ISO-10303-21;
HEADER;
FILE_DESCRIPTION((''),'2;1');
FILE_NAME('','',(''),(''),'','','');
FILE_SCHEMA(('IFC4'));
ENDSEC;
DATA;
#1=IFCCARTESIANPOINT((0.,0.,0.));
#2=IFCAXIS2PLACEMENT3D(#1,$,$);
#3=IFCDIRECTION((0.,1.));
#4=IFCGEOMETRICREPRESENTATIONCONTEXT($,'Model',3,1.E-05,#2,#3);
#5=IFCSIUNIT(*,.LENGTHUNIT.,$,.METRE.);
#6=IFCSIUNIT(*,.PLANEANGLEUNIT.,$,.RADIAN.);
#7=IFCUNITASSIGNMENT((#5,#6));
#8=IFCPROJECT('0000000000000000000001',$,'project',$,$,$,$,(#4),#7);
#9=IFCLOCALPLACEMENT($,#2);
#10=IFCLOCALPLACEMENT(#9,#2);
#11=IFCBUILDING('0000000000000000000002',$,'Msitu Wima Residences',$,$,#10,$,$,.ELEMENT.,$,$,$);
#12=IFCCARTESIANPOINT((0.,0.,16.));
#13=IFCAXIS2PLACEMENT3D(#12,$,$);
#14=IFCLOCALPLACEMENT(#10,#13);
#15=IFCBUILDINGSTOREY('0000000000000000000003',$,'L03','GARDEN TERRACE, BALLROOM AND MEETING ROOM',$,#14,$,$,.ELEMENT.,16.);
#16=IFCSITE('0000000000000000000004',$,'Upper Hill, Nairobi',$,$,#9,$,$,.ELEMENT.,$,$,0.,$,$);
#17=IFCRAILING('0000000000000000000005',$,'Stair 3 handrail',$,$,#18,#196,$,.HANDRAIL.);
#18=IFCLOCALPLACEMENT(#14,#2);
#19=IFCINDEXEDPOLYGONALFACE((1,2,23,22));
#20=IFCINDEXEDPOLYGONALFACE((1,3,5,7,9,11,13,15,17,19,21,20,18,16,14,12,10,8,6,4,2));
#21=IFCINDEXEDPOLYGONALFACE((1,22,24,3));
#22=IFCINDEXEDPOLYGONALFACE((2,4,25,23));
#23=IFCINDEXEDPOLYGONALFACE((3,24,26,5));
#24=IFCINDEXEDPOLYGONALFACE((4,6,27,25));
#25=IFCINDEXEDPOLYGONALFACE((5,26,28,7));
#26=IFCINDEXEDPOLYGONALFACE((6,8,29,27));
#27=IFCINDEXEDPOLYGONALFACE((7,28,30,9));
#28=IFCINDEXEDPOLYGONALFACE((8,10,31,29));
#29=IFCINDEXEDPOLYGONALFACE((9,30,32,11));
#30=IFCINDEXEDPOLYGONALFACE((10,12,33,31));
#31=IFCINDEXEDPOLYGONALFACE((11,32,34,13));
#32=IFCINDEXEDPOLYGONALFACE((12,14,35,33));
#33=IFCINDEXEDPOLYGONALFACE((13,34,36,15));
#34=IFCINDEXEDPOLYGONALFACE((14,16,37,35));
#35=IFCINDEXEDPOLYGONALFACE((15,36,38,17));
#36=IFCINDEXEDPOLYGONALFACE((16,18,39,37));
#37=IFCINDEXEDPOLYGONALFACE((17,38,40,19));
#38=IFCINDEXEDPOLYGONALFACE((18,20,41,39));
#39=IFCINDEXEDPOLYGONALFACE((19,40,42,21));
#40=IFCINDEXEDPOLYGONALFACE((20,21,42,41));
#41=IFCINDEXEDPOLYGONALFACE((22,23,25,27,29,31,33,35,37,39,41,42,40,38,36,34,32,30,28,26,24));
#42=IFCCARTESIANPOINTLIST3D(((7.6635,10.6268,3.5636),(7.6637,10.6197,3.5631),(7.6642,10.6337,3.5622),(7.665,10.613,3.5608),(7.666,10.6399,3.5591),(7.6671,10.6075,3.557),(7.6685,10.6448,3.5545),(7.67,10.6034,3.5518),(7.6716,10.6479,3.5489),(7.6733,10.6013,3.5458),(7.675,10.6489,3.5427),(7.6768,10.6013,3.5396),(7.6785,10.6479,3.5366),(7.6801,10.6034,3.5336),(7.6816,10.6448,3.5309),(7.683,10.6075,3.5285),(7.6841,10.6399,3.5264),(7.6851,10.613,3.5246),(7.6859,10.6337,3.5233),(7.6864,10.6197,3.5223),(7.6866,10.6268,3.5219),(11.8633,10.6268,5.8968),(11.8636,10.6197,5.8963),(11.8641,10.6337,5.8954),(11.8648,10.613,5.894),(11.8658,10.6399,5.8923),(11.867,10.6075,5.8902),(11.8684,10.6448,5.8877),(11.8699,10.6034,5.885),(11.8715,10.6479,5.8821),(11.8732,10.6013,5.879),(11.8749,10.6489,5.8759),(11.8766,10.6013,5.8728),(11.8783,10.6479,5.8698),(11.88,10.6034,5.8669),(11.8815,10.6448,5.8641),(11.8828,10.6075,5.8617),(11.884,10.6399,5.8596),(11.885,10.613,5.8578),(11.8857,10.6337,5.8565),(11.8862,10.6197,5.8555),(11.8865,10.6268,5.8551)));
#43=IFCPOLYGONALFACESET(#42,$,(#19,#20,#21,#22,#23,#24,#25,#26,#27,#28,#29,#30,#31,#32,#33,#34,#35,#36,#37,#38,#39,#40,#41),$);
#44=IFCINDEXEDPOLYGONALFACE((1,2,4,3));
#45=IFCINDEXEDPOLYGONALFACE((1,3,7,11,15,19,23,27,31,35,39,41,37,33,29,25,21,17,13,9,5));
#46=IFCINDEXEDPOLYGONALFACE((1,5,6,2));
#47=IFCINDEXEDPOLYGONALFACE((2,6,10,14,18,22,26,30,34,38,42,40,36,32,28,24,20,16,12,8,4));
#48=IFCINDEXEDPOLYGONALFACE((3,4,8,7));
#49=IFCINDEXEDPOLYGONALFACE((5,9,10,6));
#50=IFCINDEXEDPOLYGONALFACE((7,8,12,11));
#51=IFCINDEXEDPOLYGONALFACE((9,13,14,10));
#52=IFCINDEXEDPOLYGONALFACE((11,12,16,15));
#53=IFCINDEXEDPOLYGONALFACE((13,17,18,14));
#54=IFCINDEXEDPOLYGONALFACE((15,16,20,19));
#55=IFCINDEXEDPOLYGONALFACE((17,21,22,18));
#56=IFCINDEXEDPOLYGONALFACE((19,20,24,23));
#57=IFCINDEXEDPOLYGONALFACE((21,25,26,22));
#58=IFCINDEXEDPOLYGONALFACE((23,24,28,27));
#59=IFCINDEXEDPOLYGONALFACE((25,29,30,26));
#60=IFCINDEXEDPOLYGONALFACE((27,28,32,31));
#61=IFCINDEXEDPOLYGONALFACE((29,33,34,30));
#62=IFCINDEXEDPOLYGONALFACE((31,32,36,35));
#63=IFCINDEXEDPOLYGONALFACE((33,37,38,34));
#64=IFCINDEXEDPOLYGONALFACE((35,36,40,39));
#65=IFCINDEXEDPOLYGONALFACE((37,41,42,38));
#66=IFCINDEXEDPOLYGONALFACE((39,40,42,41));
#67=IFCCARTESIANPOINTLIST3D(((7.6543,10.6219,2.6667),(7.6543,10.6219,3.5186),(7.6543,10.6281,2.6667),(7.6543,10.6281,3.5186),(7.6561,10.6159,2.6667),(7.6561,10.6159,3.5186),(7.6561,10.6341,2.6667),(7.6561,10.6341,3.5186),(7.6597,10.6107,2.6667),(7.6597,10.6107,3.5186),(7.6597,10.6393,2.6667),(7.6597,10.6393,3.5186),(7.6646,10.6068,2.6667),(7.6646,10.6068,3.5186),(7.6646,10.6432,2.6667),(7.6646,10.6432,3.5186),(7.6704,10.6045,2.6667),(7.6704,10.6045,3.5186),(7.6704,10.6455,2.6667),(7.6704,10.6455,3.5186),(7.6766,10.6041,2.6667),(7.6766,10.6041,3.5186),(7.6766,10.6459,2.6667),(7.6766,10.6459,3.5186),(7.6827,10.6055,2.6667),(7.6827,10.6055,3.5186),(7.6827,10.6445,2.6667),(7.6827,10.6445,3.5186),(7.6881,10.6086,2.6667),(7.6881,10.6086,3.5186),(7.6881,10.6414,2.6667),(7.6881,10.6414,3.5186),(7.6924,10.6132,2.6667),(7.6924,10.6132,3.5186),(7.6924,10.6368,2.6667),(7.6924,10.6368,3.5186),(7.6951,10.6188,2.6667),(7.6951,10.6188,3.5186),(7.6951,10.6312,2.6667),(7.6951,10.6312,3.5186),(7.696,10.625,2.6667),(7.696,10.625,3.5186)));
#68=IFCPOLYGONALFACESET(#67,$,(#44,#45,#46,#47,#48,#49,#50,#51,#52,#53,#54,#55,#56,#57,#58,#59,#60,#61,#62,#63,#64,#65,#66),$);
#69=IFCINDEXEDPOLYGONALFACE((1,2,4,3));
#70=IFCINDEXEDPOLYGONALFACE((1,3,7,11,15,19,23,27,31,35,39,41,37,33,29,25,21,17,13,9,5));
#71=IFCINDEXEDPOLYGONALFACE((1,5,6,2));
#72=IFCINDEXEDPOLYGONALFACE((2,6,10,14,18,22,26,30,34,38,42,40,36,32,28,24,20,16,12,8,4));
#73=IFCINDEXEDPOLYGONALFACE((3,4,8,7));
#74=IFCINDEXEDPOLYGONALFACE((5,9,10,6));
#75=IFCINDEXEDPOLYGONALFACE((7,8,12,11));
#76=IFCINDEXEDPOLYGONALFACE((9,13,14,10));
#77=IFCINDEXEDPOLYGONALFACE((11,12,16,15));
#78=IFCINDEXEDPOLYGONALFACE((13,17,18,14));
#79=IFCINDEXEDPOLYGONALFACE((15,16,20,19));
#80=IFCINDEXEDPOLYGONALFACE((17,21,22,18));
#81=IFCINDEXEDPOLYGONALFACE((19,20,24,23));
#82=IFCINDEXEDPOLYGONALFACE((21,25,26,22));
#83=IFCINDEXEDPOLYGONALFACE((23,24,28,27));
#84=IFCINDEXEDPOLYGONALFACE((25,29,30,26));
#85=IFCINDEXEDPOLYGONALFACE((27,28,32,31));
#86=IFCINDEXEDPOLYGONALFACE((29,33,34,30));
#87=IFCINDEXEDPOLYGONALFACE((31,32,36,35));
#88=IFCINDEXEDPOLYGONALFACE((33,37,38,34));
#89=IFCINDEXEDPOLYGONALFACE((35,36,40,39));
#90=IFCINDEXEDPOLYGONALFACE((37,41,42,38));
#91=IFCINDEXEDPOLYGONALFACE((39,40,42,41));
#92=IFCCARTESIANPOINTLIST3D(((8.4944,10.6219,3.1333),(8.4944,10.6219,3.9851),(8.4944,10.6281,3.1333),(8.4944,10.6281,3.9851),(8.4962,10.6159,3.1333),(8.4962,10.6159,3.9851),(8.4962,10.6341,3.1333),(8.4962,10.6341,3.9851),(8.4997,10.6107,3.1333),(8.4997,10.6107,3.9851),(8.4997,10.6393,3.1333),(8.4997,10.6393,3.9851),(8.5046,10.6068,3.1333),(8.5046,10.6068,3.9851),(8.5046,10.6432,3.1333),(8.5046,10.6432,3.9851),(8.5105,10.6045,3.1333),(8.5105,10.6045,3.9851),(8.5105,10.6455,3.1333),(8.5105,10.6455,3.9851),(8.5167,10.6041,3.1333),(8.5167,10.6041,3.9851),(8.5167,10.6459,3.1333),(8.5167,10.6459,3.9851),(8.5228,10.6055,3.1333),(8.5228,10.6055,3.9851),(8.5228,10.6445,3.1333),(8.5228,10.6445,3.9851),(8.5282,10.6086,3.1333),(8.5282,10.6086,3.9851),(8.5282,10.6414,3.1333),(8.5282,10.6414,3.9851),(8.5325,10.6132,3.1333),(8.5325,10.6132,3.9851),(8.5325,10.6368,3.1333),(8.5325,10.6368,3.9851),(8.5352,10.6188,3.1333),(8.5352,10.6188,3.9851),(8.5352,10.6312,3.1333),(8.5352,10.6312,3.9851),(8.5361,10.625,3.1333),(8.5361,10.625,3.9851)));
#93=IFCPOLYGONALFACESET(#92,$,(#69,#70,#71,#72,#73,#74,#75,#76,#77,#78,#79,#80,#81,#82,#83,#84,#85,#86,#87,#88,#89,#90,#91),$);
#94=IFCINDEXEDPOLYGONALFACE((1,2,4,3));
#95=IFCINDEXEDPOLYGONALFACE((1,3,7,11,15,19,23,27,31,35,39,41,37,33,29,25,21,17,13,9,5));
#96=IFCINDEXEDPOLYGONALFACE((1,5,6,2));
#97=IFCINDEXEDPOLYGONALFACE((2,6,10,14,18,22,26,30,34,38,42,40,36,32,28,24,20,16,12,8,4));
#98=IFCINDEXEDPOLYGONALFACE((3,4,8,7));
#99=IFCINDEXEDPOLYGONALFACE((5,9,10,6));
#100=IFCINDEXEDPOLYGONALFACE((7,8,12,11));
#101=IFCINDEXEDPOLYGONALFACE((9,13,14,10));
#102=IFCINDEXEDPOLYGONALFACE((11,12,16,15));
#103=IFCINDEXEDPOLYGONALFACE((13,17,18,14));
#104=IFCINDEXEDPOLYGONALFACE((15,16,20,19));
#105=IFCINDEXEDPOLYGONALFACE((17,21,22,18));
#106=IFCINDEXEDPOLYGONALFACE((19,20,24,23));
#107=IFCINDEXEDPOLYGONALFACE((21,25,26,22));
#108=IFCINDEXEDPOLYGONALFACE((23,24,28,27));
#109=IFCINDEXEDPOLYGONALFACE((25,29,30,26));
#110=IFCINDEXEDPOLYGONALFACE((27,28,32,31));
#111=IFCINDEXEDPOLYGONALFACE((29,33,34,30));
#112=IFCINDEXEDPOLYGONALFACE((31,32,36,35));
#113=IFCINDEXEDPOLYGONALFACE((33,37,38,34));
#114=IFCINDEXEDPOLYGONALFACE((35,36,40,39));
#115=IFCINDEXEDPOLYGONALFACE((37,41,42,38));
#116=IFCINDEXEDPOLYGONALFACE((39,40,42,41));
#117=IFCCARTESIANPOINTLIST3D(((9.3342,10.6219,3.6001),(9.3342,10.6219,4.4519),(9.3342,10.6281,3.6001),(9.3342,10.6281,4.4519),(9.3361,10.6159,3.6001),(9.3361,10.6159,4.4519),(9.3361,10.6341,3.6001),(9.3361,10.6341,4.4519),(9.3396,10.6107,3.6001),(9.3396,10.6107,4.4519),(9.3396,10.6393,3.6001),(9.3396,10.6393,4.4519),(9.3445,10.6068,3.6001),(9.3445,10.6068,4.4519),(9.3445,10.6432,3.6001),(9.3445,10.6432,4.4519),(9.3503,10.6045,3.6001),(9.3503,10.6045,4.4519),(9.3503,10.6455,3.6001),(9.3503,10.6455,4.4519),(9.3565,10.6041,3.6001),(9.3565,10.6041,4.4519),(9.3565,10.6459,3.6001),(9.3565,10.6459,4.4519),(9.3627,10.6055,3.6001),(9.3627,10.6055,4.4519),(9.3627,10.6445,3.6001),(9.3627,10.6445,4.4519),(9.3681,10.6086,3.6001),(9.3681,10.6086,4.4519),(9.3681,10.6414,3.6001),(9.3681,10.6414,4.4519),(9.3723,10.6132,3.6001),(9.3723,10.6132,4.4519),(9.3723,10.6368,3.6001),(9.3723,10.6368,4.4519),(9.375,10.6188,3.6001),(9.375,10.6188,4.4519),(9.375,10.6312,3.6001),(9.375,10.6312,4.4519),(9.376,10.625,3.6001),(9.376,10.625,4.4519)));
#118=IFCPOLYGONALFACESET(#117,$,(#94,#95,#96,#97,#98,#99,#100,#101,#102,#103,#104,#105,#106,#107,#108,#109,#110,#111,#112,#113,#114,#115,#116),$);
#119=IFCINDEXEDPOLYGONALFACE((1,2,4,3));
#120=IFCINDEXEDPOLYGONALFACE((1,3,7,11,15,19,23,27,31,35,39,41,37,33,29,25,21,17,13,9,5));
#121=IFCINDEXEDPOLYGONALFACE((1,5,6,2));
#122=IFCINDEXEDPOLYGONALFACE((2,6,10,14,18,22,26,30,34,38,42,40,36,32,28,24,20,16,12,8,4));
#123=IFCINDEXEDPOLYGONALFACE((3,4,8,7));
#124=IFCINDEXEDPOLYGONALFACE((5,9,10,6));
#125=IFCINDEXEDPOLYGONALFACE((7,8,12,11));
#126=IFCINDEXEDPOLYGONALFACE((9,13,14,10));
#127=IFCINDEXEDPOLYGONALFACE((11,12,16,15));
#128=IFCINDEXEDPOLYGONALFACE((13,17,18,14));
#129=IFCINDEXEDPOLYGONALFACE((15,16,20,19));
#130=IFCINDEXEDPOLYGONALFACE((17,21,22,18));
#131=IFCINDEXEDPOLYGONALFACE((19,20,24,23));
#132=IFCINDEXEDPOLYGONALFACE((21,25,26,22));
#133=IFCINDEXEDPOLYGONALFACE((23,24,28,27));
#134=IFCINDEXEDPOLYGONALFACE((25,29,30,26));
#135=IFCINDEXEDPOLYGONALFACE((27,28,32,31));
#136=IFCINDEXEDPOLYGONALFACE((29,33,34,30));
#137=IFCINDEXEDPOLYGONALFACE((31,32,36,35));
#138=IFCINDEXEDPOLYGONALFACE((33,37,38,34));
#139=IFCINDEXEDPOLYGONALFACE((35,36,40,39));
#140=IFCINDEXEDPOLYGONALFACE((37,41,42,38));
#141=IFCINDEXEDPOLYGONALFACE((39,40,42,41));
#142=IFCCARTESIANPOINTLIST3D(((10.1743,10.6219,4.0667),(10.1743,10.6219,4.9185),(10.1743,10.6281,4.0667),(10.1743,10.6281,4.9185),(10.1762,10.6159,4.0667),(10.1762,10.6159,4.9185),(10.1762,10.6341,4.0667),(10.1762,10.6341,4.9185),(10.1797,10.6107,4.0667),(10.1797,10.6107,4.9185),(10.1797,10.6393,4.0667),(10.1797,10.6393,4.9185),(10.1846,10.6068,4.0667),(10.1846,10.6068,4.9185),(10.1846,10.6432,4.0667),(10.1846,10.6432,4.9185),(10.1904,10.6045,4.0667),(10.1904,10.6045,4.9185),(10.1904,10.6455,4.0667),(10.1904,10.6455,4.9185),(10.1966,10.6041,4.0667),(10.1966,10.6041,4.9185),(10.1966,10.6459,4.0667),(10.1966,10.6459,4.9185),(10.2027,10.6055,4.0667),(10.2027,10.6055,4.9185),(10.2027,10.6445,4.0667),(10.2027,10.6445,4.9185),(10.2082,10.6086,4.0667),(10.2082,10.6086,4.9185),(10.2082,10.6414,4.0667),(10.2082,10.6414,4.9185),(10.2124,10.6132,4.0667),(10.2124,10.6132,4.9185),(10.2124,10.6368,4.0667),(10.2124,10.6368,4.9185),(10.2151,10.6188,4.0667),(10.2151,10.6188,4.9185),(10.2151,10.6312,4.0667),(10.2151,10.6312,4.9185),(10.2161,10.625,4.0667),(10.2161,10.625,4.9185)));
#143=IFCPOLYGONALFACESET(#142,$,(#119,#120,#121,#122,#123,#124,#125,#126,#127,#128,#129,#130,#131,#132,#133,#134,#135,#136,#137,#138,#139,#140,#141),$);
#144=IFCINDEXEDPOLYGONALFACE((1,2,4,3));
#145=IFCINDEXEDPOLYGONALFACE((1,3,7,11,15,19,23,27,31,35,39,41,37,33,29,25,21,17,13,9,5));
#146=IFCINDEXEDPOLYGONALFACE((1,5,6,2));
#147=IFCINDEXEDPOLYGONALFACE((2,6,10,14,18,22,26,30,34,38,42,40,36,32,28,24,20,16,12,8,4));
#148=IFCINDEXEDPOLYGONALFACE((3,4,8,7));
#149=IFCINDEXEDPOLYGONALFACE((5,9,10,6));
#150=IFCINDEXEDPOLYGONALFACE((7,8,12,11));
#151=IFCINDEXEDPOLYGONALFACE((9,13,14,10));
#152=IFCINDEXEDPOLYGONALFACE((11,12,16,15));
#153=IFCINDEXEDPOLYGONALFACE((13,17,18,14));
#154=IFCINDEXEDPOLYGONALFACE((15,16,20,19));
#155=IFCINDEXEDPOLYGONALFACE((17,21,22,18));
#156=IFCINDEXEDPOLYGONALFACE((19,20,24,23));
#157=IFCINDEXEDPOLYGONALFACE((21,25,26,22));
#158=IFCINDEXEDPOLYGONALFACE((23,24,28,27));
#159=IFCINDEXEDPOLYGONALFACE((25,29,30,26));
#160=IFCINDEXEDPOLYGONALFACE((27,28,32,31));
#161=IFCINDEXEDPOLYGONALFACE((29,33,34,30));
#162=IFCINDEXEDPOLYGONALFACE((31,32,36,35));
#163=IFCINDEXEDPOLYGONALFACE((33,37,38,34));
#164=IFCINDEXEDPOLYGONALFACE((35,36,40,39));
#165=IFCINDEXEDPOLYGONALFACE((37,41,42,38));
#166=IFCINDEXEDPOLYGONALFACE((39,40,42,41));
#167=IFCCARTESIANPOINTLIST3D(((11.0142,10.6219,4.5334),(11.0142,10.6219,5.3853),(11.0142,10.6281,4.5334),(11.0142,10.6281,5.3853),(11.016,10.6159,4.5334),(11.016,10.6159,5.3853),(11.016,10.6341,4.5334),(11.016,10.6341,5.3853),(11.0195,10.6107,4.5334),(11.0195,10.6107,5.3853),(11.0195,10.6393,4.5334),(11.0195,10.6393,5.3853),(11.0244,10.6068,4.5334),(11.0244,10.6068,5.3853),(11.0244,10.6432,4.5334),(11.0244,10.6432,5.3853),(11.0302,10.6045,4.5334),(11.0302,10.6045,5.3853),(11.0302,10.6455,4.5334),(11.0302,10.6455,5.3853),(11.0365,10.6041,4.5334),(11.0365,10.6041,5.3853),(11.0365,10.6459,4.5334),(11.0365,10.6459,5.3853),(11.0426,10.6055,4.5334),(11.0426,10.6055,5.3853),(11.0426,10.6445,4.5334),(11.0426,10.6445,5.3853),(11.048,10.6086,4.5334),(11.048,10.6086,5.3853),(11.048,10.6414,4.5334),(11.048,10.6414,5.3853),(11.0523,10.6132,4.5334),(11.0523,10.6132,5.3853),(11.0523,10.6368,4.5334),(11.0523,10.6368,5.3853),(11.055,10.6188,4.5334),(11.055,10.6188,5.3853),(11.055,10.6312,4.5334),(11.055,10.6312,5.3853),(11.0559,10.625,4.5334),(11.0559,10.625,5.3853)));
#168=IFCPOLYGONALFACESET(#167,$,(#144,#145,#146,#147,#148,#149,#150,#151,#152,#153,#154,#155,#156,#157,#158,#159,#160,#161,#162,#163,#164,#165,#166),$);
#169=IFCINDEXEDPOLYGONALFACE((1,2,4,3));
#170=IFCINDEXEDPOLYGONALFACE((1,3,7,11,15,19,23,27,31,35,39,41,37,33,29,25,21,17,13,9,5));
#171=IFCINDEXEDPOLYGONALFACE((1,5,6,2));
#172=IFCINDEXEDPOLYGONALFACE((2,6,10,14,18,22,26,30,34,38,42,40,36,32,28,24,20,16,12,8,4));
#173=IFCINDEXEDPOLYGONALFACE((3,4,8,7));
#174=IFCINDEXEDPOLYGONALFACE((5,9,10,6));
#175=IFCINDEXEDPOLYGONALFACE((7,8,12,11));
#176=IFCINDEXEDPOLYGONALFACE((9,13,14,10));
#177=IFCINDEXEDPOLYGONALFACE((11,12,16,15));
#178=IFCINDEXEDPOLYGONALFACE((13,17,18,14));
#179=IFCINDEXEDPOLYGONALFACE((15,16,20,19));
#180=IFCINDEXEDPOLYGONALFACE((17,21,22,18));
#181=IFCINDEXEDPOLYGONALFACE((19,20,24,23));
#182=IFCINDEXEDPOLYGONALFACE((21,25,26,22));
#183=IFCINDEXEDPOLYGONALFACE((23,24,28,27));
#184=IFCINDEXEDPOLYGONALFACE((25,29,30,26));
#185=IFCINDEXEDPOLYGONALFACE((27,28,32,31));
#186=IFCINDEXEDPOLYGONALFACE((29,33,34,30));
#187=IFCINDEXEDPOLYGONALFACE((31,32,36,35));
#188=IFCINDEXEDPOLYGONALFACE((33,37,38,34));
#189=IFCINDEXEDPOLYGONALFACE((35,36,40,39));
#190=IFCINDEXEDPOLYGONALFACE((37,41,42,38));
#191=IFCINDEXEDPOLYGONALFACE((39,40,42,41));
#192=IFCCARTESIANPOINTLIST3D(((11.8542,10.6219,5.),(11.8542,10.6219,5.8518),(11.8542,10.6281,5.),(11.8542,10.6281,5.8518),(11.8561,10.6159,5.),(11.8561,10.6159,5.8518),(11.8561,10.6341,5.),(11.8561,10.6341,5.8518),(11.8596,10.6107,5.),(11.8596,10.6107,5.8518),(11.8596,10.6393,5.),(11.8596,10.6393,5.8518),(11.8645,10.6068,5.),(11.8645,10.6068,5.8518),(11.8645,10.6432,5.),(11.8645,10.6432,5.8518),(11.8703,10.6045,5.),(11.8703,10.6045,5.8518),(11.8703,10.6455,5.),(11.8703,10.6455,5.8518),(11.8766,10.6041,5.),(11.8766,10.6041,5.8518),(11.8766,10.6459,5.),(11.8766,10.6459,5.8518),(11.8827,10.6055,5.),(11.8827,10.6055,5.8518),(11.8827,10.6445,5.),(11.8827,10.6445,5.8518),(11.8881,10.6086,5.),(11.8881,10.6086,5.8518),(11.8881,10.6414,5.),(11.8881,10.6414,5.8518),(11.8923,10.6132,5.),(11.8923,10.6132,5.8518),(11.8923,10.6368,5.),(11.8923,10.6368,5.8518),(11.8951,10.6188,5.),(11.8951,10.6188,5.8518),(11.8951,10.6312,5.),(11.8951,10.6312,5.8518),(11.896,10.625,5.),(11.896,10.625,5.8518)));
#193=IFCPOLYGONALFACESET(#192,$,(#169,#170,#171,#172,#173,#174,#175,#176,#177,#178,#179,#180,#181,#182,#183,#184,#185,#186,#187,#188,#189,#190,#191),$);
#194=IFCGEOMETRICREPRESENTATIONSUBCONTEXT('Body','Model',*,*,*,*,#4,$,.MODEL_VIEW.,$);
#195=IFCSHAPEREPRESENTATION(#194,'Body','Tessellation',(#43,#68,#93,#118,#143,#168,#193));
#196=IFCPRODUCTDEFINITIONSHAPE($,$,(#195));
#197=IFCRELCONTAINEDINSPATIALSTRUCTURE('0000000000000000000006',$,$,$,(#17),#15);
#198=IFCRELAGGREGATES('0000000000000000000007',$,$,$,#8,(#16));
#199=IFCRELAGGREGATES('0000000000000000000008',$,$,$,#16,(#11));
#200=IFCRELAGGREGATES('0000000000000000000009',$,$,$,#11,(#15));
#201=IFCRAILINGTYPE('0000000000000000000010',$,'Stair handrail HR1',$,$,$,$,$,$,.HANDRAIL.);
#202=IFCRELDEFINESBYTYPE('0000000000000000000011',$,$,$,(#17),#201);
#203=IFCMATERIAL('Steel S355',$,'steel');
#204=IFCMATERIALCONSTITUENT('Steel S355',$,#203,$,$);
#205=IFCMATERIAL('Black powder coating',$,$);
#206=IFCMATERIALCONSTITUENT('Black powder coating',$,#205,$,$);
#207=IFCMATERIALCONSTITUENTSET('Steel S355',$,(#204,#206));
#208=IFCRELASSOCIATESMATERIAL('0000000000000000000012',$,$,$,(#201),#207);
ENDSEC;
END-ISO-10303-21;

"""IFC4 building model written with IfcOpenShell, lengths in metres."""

from ifc_helpers import new_model, si_unit, direction, frame, origin, origin_2d, place, context, subcontext, project, spatial, circle, extrude, material, constituent, constituent_set, type_object, element, save


model = new_model("IFC4")

# Units and contexts
model_context = context("Model", 3, precision=1e-05, world=origin(), true_north=direction((0.0, 1.0)))
body_context = subcontext(model_context, "Body", "Model", "MODEL_VIEW")
ifc_project = project(units=[si_unit("LENGTHUNIT", "METRE"), si_unit("PLANEANGLEUNIT", "RADIAN")], contexts=[model_context])

# Site, building, storey
site_placement = place(None, origin())
site = spatial("IfcSite", under=ifc_project, at=site_placement, Name="Upper Hill, Nairobi", CompositionType="ELEMENT", RefElevation=0.0)
building_placement = place(site_placement, origin())
building = spatial("IfcBuilding", under=site, at=building_placement, Name="Msitu Wima Residences", CompositionType="ELEMENT")
storey_placement = place(building_placement, frame((0.0, 0.0, 16.0)))
storey = spatial("IfcBuildingStorey", under=building, at=storey_placement, Name="L03", Description="GARDEN TERRACE, BALLROOM AND MEETING ROOM", CompositionType="ELEMENT", Elevation=16.0)

# Railing
ifc_material_1 = material(Name="Steel S355", Category="steel")
ifc_constituent_1 = constituent(ifc_material_1, Name="Steel S355")
ifc_material_2 = material(Name="Black powder coating")
ifc_constituent_2 = constituent(ifc_material_2, Name="Black powder coating")
ifc_constituent_set = constituent_set(constituents=[ifc_constituent_1, ifc_constituent_2], Name="Steel S355")
railing_type = type_object("IfcRailingType", Name="Stair handrail HR1", PredefinedType="HANDRAIL", material=ifc_constituent_set)
railing_placement = place(storey_placement, frame((7.675, 10.625, 2.6667)))
element("IfcRailing", 1, at=railing_placement, inside=storey, type_object=railing_type, Name="Stair 3 handrail", PredefinedType="HANDRAIL", context=body_context, shape_type="SweptSolid", body=[
    extrude(circle(Radius=0.0239, at=origin_2d()), frame((0.0, 0.0, 0.876), z_axis=(0.874162, 0.0, 0.485634), x_axis=(0.0, 1.0, 0.0)), (0.0, 0.0, 1.0), 4.8044),
    extrude(circle(Radius=0.021, at=origin_2d()), origin(), (0.0, 0.0, 1.0), 0.8518),
    extrude(circle(Radius=0.021, at=origin_2d()), frame((0.8401, 0.0, 0.4666)), (0.0, 0.0, 1.0), 0.8518),
    extrude(circle(Radius=0.021, at=origin_2d()), frame((1.6799, 0.0, 0.9333)), (0.0, 0.0, 1.0), 0.8518),
    extrude(circle(Radius=0.021, at=origin_2d()), frame((2.52, 0.0, 1.3999)), (0.0, 0.0, 1.0), 0.8518),
    extrude(circle(Radius=0.021, at=origin_2d()), frame((3.3599, 0.0, 1.8667)), (0.0, 0.0, 1.0), 0.8518),
    extrude(circle(Radius=0.021, at=origin_2d()), frame((4.2, 0.0, 2.3333)), (0.0, 0.0, 1.0), 0.8518),
])

save(model, "model.ifc")
